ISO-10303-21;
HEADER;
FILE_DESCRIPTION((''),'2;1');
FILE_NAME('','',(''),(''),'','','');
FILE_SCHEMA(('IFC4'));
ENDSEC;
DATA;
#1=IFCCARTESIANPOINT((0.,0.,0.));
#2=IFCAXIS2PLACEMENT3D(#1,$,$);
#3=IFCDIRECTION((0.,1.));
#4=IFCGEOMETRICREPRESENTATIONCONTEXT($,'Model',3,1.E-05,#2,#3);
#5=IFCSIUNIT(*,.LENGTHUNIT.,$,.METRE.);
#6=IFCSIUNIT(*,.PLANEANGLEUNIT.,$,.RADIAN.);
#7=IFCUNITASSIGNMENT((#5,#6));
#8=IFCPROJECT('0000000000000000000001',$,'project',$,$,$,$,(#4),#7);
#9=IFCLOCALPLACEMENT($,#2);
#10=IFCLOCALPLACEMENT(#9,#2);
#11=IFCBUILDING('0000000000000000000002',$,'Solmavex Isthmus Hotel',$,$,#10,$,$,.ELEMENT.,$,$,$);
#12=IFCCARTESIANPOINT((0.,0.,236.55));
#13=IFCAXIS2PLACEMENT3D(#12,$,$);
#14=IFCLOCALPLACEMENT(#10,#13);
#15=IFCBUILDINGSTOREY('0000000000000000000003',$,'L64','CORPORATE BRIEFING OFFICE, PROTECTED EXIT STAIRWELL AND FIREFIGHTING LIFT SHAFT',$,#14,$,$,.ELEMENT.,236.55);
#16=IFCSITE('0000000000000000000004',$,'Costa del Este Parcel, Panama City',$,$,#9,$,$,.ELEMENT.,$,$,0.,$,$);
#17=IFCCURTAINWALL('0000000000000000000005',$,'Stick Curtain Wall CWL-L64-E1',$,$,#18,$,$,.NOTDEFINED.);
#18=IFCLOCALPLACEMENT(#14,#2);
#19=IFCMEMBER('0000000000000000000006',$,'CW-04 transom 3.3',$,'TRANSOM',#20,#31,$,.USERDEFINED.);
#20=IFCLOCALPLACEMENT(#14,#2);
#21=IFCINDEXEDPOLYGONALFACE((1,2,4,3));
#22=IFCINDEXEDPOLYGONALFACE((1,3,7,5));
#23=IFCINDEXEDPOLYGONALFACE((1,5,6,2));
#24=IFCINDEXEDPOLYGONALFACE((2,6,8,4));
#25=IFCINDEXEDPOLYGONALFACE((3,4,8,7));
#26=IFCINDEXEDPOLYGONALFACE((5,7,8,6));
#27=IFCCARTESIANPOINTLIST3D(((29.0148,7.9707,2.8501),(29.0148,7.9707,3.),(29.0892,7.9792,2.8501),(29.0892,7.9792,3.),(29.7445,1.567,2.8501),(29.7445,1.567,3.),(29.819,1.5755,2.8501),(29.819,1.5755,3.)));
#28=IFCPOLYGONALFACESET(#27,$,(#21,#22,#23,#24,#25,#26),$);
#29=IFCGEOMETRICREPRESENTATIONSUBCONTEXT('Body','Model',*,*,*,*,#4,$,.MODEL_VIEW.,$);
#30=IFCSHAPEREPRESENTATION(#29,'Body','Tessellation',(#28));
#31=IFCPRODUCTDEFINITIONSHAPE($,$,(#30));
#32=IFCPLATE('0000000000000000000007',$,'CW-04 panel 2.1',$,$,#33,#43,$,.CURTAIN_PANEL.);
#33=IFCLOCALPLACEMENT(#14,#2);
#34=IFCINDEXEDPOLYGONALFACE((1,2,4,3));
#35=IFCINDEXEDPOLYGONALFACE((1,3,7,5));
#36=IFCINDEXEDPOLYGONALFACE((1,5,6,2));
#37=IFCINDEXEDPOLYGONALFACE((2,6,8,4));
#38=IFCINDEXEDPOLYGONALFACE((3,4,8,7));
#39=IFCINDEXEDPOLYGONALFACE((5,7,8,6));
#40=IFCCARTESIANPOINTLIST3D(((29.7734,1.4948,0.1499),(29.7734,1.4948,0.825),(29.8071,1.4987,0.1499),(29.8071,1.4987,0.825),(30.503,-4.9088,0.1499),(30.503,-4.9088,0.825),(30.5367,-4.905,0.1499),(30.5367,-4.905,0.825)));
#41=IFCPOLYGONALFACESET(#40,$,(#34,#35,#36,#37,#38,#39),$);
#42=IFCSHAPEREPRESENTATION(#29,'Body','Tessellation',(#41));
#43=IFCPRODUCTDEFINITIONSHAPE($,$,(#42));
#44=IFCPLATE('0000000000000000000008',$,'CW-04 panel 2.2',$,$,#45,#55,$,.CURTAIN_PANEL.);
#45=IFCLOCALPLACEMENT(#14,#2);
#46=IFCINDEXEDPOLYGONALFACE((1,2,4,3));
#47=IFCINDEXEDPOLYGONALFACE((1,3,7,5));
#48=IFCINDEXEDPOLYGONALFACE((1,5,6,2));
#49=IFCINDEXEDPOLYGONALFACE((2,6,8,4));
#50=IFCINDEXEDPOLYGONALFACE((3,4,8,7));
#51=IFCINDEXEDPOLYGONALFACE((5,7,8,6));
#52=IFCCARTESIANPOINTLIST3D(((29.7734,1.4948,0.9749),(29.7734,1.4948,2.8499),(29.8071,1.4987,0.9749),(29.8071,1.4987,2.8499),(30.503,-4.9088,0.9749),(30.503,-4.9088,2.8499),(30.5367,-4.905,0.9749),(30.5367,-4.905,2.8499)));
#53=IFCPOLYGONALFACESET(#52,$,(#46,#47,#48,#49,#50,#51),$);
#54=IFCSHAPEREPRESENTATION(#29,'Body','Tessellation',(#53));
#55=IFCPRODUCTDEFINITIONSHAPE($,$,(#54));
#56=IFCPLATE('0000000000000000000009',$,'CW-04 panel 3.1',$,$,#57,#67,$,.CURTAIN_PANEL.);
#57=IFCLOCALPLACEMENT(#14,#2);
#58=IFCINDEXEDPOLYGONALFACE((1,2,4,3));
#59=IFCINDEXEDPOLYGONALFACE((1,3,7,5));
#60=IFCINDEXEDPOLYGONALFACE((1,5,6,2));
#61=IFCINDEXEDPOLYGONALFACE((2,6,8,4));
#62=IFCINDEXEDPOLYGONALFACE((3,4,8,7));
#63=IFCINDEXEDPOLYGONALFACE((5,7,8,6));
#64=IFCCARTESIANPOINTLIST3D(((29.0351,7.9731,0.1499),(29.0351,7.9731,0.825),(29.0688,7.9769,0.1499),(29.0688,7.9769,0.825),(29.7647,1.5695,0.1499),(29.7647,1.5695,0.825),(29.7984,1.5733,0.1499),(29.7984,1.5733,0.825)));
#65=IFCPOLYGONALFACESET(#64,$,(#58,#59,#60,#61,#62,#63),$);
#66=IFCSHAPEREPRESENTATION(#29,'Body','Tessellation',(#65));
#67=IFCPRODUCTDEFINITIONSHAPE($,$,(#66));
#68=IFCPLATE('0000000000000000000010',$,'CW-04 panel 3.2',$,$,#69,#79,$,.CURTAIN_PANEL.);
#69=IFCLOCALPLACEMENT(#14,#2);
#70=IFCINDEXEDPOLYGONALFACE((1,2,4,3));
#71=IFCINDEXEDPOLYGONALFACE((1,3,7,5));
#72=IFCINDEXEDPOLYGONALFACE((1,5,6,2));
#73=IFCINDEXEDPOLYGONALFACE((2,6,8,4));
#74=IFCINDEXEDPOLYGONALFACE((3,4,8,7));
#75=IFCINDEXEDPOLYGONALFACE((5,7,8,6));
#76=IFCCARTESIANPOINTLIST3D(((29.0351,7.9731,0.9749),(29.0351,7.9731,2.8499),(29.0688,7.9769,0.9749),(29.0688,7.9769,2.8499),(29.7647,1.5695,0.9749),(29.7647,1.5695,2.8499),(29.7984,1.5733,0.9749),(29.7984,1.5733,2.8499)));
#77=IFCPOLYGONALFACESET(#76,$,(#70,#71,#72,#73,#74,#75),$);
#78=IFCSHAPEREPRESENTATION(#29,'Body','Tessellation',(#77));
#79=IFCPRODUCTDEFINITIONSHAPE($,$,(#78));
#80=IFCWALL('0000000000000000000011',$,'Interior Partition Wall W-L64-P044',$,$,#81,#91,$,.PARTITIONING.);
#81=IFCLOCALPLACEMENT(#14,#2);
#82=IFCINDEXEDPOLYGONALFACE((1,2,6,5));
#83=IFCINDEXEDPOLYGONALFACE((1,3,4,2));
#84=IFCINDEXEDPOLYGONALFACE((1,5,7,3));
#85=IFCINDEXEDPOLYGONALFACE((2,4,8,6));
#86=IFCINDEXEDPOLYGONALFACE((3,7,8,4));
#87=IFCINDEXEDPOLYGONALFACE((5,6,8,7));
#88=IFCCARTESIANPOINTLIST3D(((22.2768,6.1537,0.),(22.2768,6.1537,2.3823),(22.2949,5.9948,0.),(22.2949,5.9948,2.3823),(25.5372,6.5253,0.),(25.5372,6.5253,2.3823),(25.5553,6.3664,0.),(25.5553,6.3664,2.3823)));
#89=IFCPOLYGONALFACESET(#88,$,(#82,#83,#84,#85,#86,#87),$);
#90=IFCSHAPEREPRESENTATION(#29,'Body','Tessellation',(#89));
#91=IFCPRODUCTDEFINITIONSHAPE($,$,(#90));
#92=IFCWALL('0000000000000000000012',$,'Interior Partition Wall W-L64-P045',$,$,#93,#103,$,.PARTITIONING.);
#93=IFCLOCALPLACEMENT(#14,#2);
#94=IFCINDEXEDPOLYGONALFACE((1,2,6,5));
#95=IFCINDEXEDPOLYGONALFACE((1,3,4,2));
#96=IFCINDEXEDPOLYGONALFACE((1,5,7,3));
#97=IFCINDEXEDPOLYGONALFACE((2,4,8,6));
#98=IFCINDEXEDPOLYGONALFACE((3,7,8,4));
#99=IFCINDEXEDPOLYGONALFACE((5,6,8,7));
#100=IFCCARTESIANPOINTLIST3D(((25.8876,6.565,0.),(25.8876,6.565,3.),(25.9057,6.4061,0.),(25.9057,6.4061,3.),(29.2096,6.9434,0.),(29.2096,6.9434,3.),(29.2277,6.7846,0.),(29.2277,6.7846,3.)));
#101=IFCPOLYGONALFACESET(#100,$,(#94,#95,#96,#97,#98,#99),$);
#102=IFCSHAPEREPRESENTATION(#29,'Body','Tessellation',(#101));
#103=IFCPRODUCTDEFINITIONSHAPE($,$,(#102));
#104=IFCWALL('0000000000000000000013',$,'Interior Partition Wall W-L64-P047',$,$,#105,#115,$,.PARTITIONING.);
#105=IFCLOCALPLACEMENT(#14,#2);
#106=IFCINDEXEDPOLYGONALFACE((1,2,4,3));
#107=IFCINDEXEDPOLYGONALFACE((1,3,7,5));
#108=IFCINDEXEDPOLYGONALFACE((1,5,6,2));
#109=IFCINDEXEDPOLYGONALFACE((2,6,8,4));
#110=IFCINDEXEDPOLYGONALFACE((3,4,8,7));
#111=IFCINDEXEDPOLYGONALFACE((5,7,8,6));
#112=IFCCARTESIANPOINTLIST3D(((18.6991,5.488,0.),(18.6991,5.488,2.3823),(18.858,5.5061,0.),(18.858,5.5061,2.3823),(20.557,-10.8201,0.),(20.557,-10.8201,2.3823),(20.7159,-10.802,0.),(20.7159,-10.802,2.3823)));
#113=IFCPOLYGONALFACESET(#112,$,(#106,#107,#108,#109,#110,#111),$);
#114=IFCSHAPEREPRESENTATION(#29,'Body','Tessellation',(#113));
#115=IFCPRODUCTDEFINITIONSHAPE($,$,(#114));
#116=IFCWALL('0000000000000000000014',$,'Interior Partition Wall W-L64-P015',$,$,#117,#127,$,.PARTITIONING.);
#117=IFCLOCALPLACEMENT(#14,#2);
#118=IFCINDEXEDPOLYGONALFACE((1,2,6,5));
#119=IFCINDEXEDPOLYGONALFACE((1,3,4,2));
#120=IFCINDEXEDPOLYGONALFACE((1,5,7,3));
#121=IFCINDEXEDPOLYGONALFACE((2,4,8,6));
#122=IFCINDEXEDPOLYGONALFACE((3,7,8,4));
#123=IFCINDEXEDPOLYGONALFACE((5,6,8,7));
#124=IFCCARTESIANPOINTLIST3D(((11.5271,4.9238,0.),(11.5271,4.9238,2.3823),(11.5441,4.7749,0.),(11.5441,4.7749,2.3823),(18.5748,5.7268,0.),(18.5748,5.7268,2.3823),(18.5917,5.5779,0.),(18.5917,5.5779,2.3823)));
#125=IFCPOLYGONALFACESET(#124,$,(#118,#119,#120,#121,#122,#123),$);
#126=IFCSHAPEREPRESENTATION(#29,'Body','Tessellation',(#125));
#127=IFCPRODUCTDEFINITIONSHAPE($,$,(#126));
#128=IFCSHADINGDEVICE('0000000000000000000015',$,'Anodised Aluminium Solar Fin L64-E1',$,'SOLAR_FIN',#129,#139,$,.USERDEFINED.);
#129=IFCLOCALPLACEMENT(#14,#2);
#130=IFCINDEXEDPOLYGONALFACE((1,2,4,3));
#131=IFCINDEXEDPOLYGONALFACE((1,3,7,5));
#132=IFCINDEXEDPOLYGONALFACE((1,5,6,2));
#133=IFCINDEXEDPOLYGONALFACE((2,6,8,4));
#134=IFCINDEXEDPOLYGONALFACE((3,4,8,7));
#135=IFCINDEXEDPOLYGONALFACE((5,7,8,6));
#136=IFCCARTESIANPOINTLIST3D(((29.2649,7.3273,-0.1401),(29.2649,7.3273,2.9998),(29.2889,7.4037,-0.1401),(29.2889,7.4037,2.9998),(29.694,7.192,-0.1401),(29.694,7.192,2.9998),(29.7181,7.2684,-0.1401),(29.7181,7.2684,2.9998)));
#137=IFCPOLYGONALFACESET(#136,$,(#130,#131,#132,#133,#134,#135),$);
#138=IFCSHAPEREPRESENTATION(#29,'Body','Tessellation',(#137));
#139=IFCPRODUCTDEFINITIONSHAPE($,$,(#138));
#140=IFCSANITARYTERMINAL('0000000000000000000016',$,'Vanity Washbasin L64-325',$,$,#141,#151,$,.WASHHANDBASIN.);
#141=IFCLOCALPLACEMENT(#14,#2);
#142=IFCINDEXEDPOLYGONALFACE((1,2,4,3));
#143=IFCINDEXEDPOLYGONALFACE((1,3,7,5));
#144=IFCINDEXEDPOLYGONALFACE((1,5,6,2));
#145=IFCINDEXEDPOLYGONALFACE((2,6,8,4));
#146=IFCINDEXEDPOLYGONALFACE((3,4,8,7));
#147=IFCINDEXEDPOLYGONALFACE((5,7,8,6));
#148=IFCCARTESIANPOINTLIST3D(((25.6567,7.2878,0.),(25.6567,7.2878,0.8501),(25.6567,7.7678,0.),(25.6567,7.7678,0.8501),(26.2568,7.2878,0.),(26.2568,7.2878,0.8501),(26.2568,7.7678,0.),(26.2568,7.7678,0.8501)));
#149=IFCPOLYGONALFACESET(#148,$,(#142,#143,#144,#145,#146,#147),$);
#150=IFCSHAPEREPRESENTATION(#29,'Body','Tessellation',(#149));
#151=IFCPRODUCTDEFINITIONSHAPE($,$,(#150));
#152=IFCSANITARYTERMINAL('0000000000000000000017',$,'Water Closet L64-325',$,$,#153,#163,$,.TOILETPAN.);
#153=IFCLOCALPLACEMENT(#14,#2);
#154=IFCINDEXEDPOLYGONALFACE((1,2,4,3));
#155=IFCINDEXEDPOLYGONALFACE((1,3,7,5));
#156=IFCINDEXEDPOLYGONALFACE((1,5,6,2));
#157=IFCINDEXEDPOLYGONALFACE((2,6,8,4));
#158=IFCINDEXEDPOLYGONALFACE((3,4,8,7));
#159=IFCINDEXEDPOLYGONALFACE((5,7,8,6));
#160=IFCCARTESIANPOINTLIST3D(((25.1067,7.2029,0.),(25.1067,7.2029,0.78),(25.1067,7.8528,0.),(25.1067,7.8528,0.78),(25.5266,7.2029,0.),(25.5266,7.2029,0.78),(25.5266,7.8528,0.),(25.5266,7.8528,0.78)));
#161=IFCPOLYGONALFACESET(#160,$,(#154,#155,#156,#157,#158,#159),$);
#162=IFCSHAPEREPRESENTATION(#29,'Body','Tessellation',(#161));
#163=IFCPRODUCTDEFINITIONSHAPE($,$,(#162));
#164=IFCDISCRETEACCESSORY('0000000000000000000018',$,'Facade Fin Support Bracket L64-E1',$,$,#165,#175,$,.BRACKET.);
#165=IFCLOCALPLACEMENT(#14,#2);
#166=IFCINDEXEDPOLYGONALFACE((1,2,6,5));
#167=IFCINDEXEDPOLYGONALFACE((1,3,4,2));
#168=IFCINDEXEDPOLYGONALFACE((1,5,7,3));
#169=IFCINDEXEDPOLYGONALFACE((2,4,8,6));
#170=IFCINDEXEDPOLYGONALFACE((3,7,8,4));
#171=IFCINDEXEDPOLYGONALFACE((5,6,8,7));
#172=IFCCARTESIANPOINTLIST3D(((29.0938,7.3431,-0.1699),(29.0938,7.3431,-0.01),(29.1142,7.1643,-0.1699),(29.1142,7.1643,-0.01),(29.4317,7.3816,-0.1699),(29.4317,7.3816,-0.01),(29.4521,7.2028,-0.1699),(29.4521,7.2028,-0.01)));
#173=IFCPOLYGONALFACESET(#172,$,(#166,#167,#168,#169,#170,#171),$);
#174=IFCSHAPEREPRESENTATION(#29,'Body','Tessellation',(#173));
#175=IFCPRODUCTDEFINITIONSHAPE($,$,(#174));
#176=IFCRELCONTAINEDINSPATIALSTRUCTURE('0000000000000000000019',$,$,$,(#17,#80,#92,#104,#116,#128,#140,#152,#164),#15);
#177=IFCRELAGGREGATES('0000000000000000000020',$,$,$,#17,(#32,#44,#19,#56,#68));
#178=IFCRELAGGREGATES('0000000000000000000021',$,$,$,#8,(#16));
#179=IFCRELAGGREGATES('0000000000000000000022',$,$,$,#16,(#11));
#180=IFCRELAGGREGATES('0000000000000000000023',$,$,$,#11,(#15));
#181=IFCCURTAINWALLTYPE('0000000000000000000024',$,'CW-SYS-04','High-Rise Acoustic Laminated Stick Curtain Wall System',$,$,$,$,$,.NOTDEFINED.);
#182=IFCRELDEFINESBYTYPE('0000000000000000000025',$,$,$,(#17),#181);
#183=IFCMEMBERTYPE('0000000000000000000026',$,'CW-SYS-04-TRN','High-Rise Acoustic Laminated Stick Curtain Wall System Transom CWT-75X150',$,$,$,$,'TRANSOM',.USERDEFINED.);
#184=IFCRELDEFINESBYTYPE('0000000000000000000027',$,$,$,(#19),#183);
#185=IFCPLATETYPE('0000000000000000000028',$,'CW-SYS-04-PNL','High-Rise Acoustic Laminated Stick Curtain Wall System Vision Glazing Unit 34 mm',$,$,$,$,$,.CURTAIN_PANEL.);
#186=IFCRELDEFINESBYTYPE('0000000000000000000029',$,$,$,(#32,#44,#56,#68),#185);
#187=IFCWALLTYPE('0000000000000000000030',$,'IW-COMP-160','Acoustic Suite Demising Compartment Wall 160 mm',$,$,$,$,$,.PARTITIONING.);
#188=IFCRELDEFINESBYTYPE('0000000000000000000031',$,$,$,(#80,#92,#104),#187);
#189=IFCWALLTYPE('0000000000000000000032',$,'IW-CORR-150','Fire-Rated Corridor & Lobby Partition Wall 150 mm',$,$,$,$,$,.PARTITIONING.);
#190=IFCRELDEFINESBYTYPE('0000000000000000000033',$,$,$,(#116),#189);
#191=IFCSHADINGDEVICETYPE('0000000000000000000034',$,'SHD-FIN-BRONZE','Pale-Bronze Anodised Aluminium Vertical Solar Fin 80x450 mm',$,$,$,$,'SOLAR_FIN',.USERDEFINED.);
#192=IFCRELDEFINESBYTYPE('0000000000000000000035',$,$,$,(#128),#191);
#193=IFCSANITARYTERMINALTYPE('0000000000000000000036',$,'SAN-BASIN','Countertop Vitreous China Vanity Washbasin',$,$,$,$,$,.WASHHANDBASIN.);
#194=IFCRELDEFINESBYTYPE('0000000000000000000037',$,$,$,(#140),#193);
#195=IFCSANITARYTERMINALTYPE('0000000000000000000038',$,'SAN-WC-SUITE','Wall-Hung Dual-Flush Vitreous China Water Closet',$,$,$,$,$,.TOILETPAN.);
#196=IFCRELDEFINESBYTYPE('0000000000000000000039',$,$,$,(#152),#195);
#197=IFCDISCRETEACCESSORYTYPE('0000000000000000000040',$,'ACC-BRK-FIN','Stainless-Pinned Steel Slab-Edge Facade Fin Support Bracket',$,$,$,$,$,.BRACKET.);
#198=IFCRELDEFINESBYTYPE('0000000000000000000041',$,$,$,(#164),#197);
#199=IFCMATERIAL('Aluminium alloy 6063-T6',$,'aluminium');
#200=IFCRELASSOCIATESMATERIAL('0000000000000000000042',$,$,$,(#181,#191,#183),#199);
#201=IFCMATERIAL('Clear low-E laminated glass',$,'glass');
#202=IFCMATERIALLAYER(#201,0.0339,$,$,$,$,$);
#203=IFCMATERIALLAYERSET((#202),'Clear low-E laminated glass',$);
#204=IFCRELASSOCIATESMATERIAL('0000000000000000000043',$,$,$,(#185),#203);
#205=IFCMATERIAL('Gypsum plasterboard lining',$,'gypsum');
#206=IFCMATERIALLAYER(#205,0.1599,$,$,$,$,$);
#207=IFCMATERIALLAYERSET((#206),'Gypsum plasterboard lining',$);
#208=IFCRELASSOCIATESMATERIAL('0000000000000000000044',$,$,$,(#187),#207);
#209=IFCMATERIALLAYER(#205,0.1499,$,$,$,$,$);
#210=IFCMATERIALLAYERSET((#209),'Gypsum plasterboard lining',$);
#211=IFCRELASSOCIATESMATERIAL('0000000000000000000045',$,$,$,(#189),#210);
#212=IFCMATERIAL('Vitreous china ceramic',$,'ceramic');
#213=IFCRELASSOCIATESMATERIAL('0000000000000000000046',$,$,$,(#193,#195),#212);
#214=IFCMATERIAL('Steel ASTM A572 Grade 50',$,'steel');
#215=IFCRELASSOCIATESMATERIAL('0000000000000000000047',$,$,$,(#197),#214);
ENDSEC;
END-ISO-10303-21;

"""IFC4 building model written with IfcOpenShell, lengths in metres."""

from ifc_helpers import new_model, si_unit, direction, frame, frame_2d, origin, origin_2d, place, context, subcontext, project, spatial, rectangle, extrude, material, layer, layer_set, material_profile, profile_set, type_object, element, aggregate, save


model = new_model("IFC4")

# Units and contexts
model_context = context("Model", 3, precision=1e-05, world=origin(), true_north=direction((0.0, 1.0)))
body_context = subcontext(model_context, "Body", "Model", "MODEL_VIEW")
ifc_project = project(units=[si_unit("LENGTHUNIT", "METRE"), si_unit("PLANEANGLEUNIT", "RADIAN")], contexts=[model_context])

# Site, building, storey
site_placement = place(None, origin())
site = spatial("IfcSite", under=ifc_project, at=site_placement, Name="Costa del Este Parcel, Panama City", CompositionType="ELEMENT", RefElevation=0.0)
building_placement = place(site_placement, origin())
building = spatial("IfcBuilding", under=site, at=building_placement, Name="Solmavex Isthmus Hotel", CompositionType="ELEMENT")
storey_placement = place(building_placement, frame((0.0, 0.0, 236.55)))
storey = spatial("IfcBuildingStorey", under=building, at=storey_placement, Name="L64", Description="CORPORATE BRIEFING OFFICE, PROTECTED EXIT STAIRWELL AND FIREFIGHTING LIFT SHAFT", CompositionType="ELEMENT", Elevation=236.55)

# Curtain wall, member, plates
ifc_material_1 = material(Name="Aluminium alloy 6063-T6", Category="aluminium")
curtain_wall_type = type_object("IfcCurtainWallType", Name="CW-SYS-04", Description="High-Rise Acoustic Laminated Stick Curtain Wall System", PredefinedType="NOTDEFINED", material=ifc_material_1)
curtain_wall_placement = place(storey_placement, origin())
curtain_wall = element("IfcCurtainWall", 1, at=curtain_wall_placement, inside=storey, type_object=curtain_wall_type, Name="Stick Curtain Wall CWL-L64-E1", PredefinedType="NOTDEFINED")
ifc_material_profile_1 = material_profile(ifc_material_1, rectangle(XDim=0.075, YDim=0.1499, at=origin_2d()), Name="CWT-75X150")
ifc_profile_set_1 = profile_set([ifc_material_profile_1], Name="Aluminium alloy 6063-T6")
member_type_1 = type_object("IfcMemberType", Name="CW-SYS-04-TRN", Description="High-Rise Acoustic Laminated Stick Curtain Wall System Transom CWT-75X150", ElementType="TRANSOM", PredefinedType="USERDEFINED", material=ifc_profile_set_1)
member_1_placement = place(storey_placement, frame((29.7817, 1.5713, 2.925), z_axis=(-0.113225, 0.993569, 0.0), x_axis=(-0.993569, -0.113225, 0.0)))
member_1 = element("IfcMember", 2, at=member_1_placement, type_object=member_type_1, Name="CW-04 transom 3.3", ObjectType="TRANSOM", PredefinedType="USERDEFINED", context=body_context, shape_type="SweptSolid", body=[
    extrude(rectangle(XDim=0.075, YDim=0.1499, at=origin_2d()), origin(), (0.0, 0.0, 1.0), 6.4451),
])
ifc_material_2 = material(Name="Clear low-E laminated glass", Category="glass")
ifc_layer_1 = layer(ifc_material_2, 0.0339)
ifc_layer_set_1 = layer_set([ifc_layer_1], Name="Clear low-E laminated glass")
plate_type = type_object("IfcPlateType", Name="CW-SYS-04-PNL", Description="High-Rise Acoustic Laminated Stick Curtain Wall System Vision Glazing Unit 34 mm", PredefinedType="CURTAIN_PANEL", material=ifc_layer_set_1)
plate_1_placement = place(storey_placement, frame((30.155, -1.7051, 0.1499), z_axis=(0.0, 0.0, 1.0), x_axis=(-0.113203, 0.993572, 0.0)))
plate_1 = element("IfcPlate", 3, at=plate_1_placement, type_object=plate_type, Name="CW-04 panel 2.1", PredefinedType="CURTAIN_PANEL", context=body_context, shape_type="SweptSolid", body=[
    extrude(rectangle(XDim=6.4451, YDim=0.0339, at=origin_2d()), origin(), (0.0, 0.0, 1.0), 0.675),
])
plate_2_placement = place(storey_placement, frame((30.155, -1.7051, 0.9749), z_axis=(0.0, 0.0, 1.0), x_axis=(-0.113203, 0.993572, 0.0)))
plate_2 = element("IfcPlate", 4, at=plate_2_placement, type_object=plate_type, Name="CW-04 panel 2.2", PredefinedType="CURTAIN_PANEL", context=body_context, shape_type="SweptSolid", body=[
    extrude(rectangle(XDim=6.4451, YDim=0.0339, at=origin_2d()), origin(), (0.0, 0.0, 1.0), 1.875),
])
plate_3_placement = place(storey_placement, frame((29.4167, 4.7732, 0.1499), z_axis=(0.0, 0.0, 1.0), x_axis=(-0.113203, 0.993572, 0.0)))
plate_3 = element("IfcPlate", 5, at=plate_3_placement, type_object=plate_type, Name="CW-04 panel 3.1", PredefinedType="CURTAIN_PANEL", context=body_context, shape_type="SweptSolid", body=[
    extrude(rectangle(XDim=6.4451, YDim=0.0339, at=origin_2d()), origin(), (0.0, 0.0, 1.0), 0.675),
])
plate_4_placement = place(storey_placement, frame((29.4167, 4.7732, 0.9749), z_axis=(0.0, 0.0, 1.0), x_axis=(-0.113203, 0.993572, 0.0)))
plate_4 = element("IfcPlate", 6, at=plate_4_placement, type_object=plate_type, Name="CW-04 panel 3.2", PredefinedType="CURTAIN_PANEL", context=body_context, shape_type="SweptSolid", body=[
    extrude(rectangle(XDim=6.4451, YDim=0.0339, at=origin_2d()), origin(), (0.0, 0.0, 1.0), 1.875),
])
aggregate(curtain_wall, [plate_1, plate_2, member_1, plate_3, plate_4])

# Walls
ifc_material_3 = material(Name="Gypsum plasterboard lining", Category="gypsum")
ifc_layer_2 = layer(ifc_material_3, 0.1599)
ifc_layer_set_2 = layer_set([ifc_layer_2], Name="Gypsum plasterboard lining")
wall_type_1 = type_object("IfcWallType", Name="IW-COMP-160", Description="Acoustic Suite Demising Compartment Wall 160 mm", PredefinedType="PARTITIONING", material=ifc_layer_set_2)
wall_1_placement = place(storey_placement, frame((25.5461, 6.4458, 0.0), z_axis=(0.0, 0.0, 1.0), x_axis=(-0.993569, -0.113232, 0.0)))
element("IfcWall", 7, at=wall_1_placement, inside=storey, type_object=wall_type_1, Name="Interior Partition Wall W-L64-P044", PredefinedType="PARTITIONING", context=body_context, shape_type="SweptSolid", body=[
    extrude(rectangle(XDim=3.2815, YDim=0.1599, at=frame_2d((1.6406, 0.0))), origin(), (0.0, 0.0, 1.0), 2.3823),
])
wall_2_placement = place(storey_placement, frame((29.2188, 6.864, 0.0), z_axis=(0.0, 0.0, 1.0), x_axis=(-0.993574, -0.11318, 0.0)))
element("IfcWall", 8, at=wall_2_placement, inside=storey, type_object=wall_type_1, Name="Interior Partition Wall W-L64-P045", PredefinedType="PARTITIONING", context=body_context, shape_type="SweptSolid", body=[
    extrude(rectangle(XDim=3.3435, YDim=0.1599, at=frame_2d((1.6719, 0.0))), origin(), (0.0, 0.0, 1.0), 3.0),
])
wall_3_placement = place(storey_placement, frame((18.7786, 5.4971, 0.0), z_axis=(0.0, 0.0, 1.0), x_axis=(0.113193, -0.993573, 0.0)))
element("IfcWall", 9, at=wall_3_placement, inside=storey, type_object=wall_type_1, Name="Interior Partition Wall W-L64-P047", PredefinedType="PARTITIONING", context=body_context, shape_type="SweptSolid", body=[
    extrude(rectangle(XDim=16.4136, YDim=0.1599, at=frame_2d((8.2068, 0.0))), origin(), (0.0, 0.0, 1.0), 2.3823),
])
ifc_layer_3 = layer(ifc_material_3, 0.1499)
ifc_layer_set_3 = layer_set([ifc_layer_3], Name="Gypsum plasterboard lining")
wall_type_2 = type_object("IfcWallType", Name="IW-CORR-150", Description="Fire-Rated Corridor & Lobby Partition Wall 150 mm", PredefinedType="PARTITIONING", material=ifc_layer_set_3)
wall_4_placement = place(storey_placement, frame((18.5833, 5.6523, 0.0), z_axis=(0.0, 0.0, 1.0), x_axis=(-0.993572, -0.113204, 0.0)))
element("IfcWall", 10, at=wall_4_placement, inside=storey, type_object=wall_type_2, Name="Interior Partition Wall W-L64-P015", PredefinedType="PARTITIONING", context=body_context, shape_type="SweptSolid", body=[
    extrude(rectangle(XDim=7.0933, YDim=0.1499, at=frame_2d((3.5466, 0.0))), origin(), (0.0, 0.0, 1.0), 2.3823),
])

# Shading device
shading_device_type = type_object("IfcShadingDeviceType", Name="SHD-FIN-BRONZE", Description="Pale-Bronze Anodised Aluminium Vertical Solar Fin 80x450 mm", ElementType="SOLAR_FIN", PredefinedType="USERDEFINED", material=ifc_material_1)
shading_device_placement = place(storey_placement, frame((29.4915, 7.2979, -0.1401), z_axis=(0.0, 0.0, 1.0), x_axis=(0.953717, -0.300706, 0.0)))
element("IfcShadingDevice", 11, at=shading_device_placement, inside=storey, type_object=shading_device_type, Name="Anodised Aluminium Solar Fin L64-E1", ObjectType="SOLAR_FIN", PredefinedType="USERDEFINED", context=body_context, shape_type="SweptSolid", body=[
    extrude(rectangle(XDim=0.45, YDim=0.0801, at=origin_2d()), origin(), (0.0, 0.0, 1.0), 3.1399),
])

# Sanitary terminals
ifc_material_4 = material(Name="Vitreous china ceramic", Category="ceramic")
sanitary_terminal_type_1 = type_object("IfcSanitaryTerminalType", Name="SAN-BASIN", Description="Countertop Vitreous China Vanity Washbasin", PredefinedType="WASHHANDBASIN", material=ifc_material_4)
sanitary_terminal_1_placement = place(storey_placement, frame((25.9568, 7.5278, 0.0), z_axis=(0.0, 0.0, 1.0), x_axis=(1.0, 0.0, 0.0)))
element("IfcSanitaryTerminal", 12, at=sanitary_terminal_1_placement, inside=storey, type_object=sanitary_terminal_type_1, Name="Vanity Washbasin L64-325", PredefinedType="WASHHANDBASIN", context=body_context, shape_type="SweptSolid", body=[
    extrude(rectangle(XDim=0.6001, YDim=0.48, at=origin_2d()), origin(), (0.0, 0.0, 1.0), 0.8501),
])
sanitary_terminal_type_2 = type_object("IfcSanitaryTerminalType", Name="SAN-WC-SUITE", Description="Wall-Hung Dual-Flush Vitreous China Water Closet", PredefinedType="TOILETPAN", material=ifc_material_4)
sanitary_terminal_2_placement = place(storey_placement, frame((25.3167, 7.5278, 0.0), z_axis=(0.0, 0.0, 1.0), x_axis=(1.0, 0.0, 0.0)))
element("IfcSanitaryTerminal", 13, at=sanitary_terminal_2_placement, inside=storey, type_object=sanitary_terminal_type_2, Name="Water Closet L64-325", PredefinedType="TOILETPAN", context=body_context, shape_type="SweptSolid", body=[
    extrude(rectangle(XDim=0.4199, YDim=0.6499, at=origin_2d()), origin(), (0.0, 0.0, 1.0), 0.78),
])

# Discrete accessory
ifc_material_5 = material(Name="Steel ASTM A572 Grade 50", Category="steel")
discrete_accessory_type = type_object("IfcDiscreteAccessoryType", Name="ACC-BRK-FIN", Description="Stainless-Pinned Steel Slab-Edge Facade Fin Support Bracket", PredefinedType="BRACKET", material=ifc_material_5)
discrete_accessory_placement = place(storey_placement, frame((29.2729, 7.2729, -0.1699), z_axis=(0.0, 0.0, 1.0), x_axis=(0.993572, 0.113203, 0.0)))
element("IfcDiscreteAccessory", 14, at=discrete_accessory_placement, inside=storey, type_object=discrete_accessory_type, Name="Facade Fin Support Bracket L64-E1", PredefinedType="BRACKET", context=body_context, shape_type="SweptSolid", body=[
    extrude(rectangle(XDim=0.3401, YDim=0.1799, at=origin_2d()), origin(), (0.0, 0.0, 1.0), 0.1599),
])

save(model, "model.ifc")
